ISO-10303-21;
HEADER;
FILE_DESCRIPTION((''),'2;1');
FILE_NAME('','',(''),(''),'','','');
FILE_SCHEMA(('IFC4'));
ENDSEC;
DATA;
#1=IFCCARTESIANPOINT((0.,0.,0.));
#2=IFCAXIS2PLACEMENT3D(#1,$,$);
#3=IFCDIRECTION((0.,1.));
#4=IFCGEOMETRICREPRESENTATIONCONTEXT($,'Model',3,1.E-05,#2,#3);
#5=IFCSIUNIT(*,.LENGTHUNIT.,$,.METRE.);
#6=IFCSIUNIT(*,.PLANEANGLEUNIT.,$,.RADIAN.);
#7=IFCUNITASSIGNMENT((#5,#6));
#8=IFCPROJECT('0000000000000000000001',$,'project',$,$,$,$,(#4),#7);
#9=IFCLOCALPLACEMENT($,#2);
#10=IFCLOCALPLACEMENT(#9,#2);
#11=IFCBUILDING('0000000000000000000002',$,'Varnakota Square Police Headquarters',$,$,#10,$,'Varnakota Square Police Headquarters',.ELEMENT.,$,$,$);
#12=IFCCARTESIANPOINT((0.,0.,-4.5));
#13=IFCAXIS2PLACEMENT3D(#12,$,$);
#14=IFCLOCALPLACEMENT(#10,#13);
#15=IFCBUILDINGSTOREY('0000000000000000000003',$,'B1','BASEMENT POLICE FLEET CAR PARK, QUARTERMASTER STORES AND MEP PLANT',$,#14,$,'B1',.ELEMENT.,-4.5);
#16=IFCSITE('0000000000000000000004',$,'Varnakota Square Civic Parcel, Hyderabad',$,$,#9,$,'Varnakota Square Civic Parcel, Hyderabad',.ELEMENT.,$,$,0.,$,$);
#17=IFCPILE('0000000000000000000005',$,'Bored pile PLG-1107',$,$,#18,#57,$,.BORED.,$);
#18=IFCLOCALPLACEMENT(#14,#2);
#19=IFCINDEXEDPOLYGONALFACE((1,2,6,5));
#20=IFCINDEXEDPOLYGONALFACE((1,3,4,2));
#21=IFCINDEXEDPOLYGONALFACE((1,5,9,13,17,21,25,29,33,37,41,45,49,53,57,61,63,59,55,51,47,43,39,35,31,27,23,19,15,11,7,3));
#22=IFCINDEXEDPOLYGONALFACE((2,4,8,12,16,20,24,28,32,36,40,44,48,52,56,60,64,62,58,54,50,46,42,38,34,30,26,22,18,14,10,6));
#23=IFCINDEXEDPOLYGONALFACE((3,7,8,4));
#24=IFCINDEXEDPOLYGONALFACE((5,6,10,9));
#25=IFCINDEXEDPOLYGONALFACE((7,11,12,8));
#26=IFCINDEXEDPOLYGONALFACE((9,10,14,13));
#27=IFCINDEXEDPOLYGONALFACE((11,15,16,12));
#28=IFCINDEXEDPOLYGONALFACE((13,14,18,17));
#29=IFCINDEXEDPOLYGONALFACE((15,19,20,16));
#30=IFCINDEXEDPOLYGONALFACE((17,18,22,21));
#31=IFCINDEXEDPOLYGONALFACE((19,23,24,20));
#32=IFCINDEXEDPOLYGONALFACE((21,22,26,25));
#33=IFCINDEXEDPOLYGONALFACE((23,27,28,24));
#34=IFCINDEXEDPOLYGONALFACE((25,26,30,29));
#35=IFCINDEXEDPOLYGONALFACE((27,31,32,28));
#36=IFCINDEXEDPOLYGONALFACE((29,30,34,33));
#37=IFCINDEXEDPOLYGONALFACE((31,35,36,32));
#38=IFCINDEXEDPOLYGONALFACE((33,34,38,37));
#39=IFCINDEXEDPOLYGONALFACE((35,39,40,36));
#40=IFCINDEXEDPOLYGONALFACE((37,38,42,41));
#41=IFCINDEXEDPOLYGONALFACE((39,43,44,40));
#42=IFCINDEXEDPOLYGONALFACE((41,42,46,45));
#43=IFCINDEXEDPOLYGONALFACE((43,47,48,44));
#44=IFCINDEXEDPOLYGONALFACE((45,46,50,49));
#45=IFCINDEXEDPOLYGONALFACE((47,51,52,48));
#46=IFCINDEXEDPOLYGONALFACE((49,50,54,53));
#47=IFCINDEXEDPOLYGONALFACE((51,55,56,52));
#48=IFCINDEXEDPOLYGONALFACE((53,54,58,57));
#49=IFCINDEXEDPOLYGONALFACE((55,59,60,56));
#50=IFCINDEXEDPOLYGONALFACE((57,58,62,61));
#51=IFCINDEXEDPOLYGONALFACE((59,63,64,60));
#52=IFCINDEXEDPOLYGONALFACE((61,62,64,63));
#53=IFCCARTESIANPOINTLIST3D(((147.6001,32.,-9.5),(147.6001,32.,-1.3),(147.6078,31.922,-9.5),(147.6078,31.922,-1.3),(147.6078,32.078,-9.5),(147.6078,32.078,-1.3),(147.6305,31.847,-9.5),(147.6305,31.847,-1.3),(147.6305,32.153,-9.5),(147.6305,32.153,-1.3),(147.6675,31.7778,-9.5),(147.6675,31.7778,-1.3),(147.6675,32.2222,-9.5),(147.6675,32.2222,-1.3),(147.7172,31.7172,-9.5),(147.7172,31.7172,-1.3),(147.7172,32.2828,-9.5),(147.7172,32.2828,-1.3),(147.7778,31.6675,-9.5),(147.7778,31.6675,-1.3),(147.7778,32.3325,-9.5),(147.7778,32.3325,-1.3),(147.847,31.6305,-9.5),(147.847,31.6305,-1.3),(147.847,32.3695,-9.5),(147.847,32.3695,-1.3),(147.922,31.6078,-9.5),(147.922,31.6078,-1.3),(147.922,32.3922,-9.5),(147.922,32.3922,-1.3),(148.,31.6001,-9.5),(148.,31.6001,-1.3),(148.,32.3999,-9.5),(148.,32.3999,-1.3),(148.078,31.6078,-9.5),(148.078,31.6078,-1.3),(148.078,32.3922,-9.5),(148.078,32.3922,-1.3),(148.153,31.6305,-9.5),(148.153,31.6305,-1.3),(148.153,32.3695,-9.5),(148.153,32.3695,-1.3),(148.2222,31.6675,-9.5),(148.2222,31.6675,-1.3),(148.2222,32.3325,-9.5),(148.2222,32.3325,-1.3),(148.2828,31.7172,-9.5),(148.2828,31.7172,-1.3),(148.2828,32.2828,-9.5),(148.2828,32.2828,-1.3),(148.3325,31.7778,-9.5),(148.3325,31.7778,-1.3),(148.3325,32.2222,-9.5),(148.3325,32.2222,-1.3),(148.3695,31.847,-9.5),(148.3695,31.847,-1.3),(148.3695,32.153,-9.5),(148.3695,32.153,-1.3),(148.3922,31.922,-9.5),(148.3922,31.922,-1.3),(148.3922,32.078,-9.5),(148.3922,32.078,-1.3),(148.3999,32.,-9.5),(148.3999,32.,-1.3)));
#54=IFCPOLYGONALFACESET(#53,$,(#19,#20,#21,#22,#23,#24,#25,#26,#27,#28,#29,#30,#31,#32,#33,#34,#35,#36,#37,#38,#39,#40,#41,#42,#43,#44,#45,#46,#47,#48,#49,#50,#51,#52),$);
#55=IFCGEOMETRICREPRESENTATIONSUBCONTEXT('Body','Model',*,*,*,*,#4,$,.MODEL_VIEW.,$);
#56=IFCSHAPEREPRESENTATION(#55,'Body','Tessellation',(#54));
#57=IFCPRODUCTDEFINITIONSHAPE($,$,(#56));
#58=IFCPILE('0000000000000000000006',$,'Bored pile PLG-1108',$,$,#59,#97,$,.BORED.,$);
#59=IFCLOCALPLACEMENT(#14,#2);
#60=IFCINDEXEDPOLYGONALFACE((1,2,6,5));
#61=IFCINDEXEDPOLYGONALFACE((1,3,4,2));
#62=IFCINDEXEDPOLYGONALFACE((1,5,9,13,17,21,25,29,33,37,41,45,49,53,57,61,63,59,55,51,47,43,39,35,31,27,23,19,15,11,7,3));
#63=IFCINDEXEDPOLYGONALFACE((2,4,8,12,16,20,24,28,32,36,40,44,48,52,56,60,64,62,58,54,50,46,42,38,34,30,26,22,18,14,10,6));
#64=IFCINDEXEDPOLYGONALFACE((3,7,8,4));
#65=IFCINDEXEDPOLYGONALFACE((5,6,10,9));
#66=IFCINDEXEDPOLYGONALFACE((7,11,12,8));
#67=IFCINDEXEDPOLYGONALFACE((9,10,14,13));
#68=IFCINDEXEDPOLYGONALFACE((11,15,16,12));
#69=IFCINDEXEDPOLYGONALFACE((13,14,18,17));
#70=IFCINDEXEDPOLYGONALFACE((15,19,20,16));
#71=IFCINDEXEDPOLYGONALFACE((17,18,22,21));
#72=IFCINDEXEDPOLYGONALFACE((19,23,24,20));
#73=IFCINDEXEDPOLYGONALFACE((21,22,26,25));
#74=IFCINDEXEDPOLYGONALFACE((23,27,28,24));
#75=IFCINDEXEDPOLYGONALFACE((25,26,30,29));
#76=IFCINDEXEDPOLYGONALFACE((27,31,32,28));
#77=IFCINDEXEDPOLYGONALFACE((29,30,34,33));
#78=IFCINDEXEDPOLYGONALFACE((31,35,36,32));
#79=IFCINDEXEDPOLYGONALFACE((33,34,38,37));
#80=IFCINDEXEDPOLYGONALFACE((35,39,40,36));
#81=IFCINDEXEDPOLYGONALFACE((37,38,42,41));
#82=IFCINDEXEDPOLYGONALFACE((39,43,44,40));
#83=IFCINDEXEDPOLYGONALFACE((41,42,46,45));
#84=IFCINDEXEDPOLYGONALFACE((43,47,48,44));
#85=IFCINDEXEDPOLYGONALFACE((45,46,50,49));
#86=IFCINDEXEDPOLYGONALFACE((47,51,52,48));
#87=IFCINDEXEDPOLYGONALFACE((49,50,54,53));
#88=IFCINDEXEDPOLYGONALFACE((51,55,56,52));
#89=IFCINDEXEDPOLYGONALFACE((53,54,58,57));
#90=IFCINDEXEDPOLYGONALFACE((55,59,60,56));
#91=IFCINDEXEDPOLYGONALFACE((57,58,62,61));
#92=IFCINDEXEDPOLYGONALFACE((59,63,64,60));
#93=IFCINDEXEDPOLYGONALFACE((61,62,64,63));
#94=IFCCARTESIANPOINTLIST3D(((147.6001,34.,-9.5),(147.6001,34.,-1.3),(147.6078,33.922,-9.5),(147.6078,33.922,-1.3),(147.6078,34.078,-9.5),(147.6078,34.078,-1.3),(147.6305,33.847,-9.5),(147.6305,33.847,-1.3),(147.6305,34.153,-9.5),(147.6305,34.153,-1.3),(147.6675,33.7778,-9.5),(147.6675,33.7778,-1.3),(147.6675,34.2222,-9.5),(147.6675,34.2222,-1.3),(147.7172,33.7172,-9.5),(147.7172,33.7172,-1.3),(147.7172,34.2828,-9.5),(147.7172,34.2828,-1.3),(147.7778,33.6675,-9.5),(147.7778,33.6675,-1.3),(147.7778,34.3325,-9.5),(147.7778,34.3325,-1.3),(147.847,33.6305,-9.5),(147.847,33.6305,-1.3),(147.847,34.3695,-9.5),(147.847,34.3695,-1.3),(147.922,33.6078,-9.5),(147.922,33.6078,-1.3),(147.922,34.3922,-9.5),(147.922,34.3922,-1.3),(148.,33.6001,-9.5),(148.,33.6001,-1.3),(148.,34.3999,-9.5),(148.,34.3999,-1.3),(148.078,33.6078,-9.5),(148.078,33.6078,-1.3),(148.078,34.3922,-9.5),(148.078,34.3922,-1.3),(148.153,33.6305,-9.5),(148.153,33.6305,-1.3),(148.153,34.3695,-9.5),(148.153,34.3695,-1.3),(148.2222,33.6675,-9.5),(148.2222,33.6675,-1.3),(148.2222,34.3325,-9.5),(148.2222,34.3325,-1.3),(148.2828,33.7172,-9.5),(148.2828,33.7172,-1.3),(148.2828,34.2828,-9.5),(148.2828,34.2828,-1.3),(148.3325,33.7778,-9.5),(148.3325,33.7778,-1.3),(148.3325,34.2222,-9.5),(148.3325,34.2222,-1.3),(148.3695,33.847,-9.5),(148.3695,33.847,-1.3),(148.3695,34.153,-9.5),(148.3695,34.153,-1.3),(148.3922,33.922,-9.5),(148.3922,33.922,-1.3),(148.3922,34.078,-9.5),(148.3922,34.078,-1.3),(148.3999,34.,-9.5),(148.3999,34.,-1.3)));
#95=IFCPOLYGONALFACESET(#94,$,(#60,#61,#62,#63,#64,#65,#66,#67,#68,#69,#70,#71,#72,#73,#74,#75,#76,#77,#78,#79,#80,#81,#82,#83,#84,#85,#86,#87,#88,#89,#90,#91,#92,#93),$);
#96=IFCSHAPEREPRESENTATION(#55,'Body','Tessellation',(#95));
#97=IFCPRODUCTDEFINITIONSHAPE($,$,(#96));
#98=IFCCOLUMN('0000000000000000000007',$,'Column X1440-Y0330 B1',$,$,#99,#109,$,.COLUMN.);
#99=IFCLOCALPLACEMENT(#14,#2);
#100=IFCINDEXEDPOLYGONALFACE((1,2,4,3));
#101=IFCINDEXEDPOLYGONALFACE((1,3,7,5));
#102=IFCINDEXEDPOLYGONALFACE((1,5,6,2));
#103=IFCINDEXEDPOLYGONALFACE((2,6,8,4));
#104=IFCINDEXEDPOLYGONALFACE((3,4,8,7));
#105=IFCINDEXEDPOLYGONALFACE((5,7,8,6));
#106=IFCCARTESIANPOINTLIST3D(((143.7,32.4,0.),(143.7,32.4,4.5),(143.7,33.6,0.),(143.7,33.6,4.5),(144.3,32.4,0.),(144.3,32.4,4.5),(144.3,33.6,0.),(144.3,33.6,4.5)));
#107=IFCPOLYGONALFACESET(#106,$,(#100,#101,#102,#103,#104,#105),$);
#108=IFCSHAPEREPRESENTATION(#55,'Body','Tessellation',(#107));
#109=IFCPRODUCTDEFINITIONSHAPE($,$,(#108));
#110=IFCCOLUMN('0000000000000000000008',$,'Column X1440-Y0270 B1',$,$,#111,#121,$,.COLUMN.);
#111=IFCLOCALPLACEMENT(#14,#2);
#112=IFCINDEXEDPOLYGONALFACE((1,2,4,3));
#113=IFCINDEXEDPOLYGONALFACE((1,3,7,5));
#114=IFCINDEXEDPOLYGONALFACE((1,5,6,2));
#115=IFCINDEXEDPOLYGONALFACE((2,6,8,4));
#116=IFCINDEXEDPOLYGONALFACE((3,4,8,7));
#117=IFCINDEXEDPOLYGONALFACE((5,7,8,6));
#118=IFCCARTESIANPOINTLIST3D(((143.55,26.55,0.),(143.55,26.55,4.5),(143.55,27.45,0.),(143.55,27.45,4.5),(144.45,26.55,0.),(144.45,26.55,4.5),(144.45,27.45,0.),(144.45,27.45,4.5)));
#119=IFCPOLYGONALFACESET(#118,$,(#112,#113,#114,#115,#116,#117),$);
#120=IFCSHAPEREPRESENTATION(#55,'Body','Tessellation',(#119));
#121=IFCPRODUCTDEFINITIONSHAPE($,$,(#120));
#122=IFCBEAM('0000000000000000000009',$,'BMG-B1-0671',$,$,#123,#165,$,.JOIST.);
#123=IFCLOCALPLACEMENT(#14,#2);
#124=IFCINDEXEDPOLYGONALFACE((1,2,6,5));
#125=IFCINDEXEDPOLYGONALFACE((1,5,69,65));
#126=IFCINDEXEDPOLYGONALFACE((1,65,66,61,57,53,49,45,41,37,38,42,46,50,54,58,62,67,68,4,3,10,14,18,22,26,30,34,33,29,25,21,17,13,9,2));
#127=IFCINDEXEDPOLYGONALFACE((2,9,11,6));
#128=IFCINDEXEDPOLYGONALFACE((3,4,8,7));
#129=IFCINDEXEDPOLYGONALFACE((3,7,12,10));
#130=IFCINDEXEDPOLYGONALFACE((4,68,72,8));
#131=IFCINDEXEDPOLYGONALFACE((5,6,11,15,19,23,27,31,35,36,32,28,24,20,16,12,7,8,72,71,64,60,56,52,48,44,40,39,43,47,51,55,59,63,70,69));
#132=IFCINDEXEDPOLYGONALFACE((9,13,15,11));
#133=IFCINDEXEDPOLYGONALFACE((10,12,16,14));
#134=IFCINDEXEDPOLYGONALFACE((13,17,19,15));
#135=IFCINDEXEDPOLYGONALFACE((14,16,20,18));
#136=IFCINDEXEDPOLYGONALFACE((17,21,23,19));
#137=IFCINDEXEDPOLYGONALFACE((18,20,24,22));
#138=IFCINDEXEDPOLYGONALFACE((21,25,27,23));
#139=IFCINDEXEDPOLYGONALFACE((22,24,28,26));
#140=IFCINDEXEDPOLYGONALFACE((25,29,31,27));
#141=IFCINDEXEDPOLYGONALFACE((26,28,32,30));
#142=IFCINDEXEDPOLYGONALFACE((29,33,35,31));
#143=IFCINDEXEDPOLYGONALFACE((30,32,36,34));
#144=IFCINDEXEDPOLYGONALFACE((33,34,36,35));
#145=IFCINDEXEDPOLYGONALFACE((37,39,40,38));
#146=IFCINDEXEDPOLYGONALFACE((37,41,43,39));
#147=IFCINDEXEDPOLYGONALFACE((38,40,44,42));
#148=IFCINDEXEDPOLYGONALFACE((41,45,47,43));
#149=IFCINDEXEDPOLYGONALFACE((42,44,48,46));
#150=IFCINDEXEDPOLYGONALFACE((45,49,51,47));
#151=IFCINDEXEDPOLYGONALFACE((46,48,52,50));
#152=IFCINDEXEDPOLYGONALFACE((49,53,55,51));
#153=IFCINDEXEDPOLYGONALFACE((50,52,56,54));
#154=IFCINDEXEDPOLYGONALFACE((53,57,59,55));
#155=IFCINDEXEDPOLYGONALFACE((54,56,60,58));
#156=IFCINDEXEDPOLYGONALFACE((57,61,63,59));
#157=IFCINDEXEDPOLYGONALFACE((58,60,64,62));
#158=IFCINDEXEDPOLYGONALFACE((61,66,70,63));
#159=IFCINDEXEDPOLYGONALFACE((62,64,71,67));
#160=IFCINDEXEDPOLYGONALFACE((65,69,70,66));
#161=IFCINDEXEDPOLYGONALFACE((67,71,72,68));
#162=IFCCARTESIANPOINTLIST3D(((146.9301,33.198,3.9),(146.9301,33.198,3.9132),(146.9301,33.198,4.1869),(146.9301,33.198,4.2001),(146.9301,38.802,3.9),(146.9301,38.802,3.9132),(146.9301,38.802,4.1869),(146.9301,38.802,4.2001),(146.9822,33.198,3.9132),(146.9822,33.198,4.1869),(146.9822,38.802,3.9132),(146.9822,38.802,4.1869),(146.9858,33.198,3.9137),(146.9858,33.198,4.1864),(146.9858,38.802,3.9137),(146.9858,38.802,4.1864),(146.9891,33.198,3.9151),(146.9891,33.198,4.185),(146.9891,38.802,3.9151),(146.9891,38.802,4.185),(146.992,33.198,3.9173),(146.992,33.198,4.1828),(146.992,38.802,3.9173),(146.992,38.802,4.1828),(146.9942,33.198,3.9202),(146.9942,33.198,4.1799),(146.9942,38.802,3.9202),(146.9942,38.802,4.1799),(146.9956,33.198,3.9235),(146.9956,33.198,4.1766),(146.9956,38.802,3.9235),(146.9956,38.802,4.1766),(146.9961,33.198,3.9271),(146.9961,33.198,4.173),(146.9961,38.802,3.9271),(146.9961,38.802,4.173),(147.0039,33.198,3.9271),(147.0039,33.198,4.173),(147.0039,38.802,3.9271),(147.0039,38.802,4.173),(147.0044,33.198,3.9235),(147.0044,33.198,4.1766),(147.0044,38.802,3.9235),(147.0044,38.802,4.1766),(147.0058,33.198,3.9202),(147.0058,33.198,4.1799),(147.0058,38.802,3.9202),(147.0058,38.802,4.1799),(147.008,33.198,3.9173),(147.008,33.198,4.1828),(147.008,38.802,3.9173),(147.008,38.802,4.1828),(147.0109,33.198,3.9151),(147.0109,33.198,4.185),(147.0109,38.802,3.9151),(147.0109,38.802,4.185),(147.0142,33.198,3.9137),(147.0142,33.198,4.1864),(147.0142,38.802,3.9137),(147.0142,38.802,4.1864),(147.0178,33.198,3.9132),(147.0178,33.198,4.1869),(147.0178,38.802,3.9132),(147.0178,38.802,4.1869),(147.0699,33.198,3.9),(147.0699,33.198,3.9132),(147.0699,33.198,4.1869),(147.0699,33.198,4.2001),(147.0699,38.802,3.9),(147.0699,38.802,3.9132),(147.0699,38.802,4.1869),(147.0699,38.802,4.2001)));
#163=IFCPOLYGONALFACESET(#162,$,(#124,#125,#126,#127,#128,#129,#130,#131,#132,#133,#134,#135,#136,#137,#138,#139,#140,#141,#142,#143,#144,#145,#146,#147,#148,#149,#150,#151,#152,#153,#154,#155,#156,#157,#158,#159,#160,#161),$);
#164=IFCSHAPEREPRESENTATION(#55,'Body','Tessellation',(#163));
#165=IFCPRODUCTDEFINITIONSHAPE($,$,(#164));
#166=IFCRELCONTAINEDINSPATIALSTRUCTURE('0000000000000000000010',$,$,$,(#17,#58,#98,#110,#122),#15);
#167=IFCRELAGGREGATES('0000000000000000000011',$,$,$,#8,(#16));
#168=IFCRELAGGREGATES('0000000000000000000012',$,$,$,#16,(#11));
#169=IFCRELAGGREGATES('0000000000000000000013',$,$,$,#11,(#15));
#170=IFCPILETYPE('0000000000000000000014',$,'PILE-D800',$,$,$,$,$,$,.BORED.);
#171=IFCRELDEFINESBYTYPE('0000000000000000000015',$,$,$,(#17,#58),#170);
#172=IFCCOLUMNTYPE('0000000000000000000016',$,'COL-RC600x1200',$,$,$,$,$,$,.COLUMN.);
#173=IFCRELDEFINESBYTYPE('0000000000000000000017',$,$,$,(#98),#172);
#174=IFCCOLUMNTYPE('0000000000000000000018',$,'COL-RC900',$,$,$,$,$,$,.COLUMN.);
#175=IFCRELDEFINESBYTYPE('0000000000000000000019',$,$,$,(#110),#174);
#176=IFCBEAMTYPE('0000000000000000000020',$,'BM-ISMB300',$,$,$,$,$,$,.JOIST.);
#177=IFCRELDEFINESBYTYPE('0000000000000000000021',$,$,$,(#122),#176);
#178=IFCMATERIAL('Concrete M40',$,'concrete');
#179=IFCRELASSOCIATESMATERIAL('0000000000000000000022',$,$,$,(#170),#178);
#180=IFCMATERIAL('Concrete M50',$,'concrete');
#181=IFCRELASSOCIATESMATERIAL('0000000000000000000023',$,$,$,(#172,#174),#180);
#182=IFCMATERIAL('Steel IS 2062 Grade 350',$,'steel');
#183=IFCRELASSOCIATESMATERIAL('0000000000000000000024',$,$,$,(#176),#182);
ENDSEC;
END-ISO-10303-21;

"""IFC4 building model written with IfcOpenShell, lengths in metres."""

from ifc_helpers import new_model, si_unit, direction, frame, origin, origin_2d, place, context, subcontext, project, spatial, rectangle, circle, i_section, extrude, material, material_profile, profile_set, type_object, element, save


model = new_model("IFC4")

# Units and contexts
model_context = context("Model", 3, precision=1e-05, world=origin(), true_north=direction((0.0, 1.0)))
body_context = subcontext(model_context, "Body", "Model", "MODEL_VIEW")
ifc_project = project(units=[si_unit("LENGTHUNIT", "METRE"), si_unit("PLANEANGLEUNIT", "RADIAN")], contexts=[model_context])

# Site, building, storey
site_placement = place(None, origin())
site = spatial("IfcSite", under=ifc_project, at=site_placement, Name="Varnakota Square Civic Parcel, Hyderabad", LongName="Varnakota Square Civic Parcel, Hyderabad", CompositionType="ELEMENT", RefElevation=0.0)
building_placement = place(site_placement, origin())
building = spatial("IfcBuilding", under=site, at=building_placement, Name="Varnakota Square Police Headquarters", LongName="Varnakota Square Police Headquarters", CompositionType="ELEMENT")
storey_placement = place(building_placement, frame((0.0, 0.0, -4.5)))
storey = spatial("IfcBuildingStorey", under=building, at=storey_placement, Name="B1", Description="BASEMENT POLICE FLEET CAR PARK, QUARTERMASTER STORES AND MEP PLANT", LongName="B1", CompositionType="ELEMENT", Elevation=-4.5)

# Shared definitions
ifc_material_1 = material(Name="Concrete M40", Category="concrete")
ifc_material_2 = material(Name="Concrete M50", Category="concrete")

# Piles
ifc_material_profile_1 = material_profile(ifc_material_1, circle(Radius=0.3999, at=origin_2d()), Name="BORED PILE 800")
ifc_profile_set_1 = profile_set([ifc_material_profile_1], Name="Concrete M40")
pile_type = type_object("IfcPileType", Name="PILE-D800", PredefinedType="BORED", material=ifc_profile_set_1)
for number, where, z_axis, x_axis, name in (
    (1, (148.0, 32.0, -1.3), (0.0, 0.0, -1.0), (1.0, 0.0, 0.0), "Bored pile PLG-1107"),
    (2, (148.0, 34.0, -1.3), (0.0, 0.0, -1.0), (1.0, 0.0, 0.0), "Bored pile PLG-1108"),
):
    element("IfcPile", number, at=place(storey_placement, frame(where, z_axis=z_axis, x_axis=x_axis)), inside=storey, type_object=pile_type, Name=name, PredefinedType="BORED", context=body_context, shape_type="SweptSolid", body=[
        extrude(circle(Radius=0.3999, at=origin_2d()), origin(), (0.0, 0.0, 1.0), 8.2),
    ])

# Columns
ifc_material_profile_2 = material_profile(ifc_material_2, rectangle(XDim=0.6001, YDim=1.2, at=origin_2d()), Name="RC 600x1200")
ifc_profile_set_2 = profile_set([ifc_material_profile_2], Name="Concrete M50")
column_type_1 = type_object("IfcColumnType", Name="COL-RC600x1200", PredefinedType="COLUMN", material=ifc_profile_set_2)
column_1_placement = place(storey_placement, frame((144.0, 33.0, 0.0), z_axis=(0.0, 0.0, 1.0), x_axis=(1.0, 0.0, 0.0)))
element("IfcColumn", 3, at=column_1_placement, inside=storey, type_object=column_type_1, Name="Column X1440-Y0330 B1", PredefinedType="COLUMN", context=body_context, shape_type="SweptSolid", body=[
    extrude(rectangle(XDim=0.6001, YDim=1.2, at=origin_2d()), origin(), (0.0, 0.0, 1.0), 4.5),
])
ifc_material_profile_3 = material_profile(ifc_material_2, rectangle(XDim=0.8999, YDim=0.8999, at=origin_2d()), Name="RC 900x900")
ifc_profile_set_3 = profile_set([ifc_material_profile_3], Name="Concrete M50")
column_type_2 = type_object("IfcColumnType", Name="COL-RC900", PredefinedType="COLUMN", material=ifc_profile_set_3)
column_2_placement = place(storey_placement, frame((144.0, 27.0, 0.0), z_axis=(0.0, 0.0, 1.0), x_axis=(1.0, 0.0, 0.0)))
element("IfcColumn", 4, at=column_2_placement, inside=storey, type_object=column_type_2, Name="Column X1440-Y0270 B1", PredefinedType="COLUMN", context=body_context, shape_type="SweptSolid", body=[
    extrude(rectangle(XDim=0.8999, YDim=0.8999, at=origin_2d()), origin(), (0.0, 0.0, 1.0), 4.5),
])

# Beam
ifc_material_3 = material(Name="Steel IS 2062 Grade 350", Category="steel")
ifc_material_profile_4 = material_profile(ifc_material_3, i_section(OverallWidth=0.1399, OverallDepth=0.3, WebThickness=0.0078, FlangeThickness=0.0132, FilletRadius=0.0139, at=origin_2d()), Name="ISMB 300")
ifc_profile_set_4 = profile_set([ifc_material_profile_4], Name="Steel IS 2062 Grade 350")
beam_type_1 = type_object("IfcBeamType", Name="BM-ISMB300", PredefinedType="JOIST", material=ifc_profile_set_4)
beam_1_placement = place(storey_placement, frame((147.0, 33.198, 4.05), z_axis=(0.0, 1.0, 0.0), x_axis=(-1.0, 0.0, 0.0)))
element("IfcBeam", 5, at=beam_1_placement, inside=storey, type_object=beam_type_1, Name="BMG-B1-0671", PredefinedType="JOIST", context=body_context, shape_type="SweptSolid", body=[
    extrude(i_section(OverallWidth=0.1399, OverallDepth=0.3, WebThickness=0.0078, FlangeThickness=0.0132, FilletRadius=0.0139, at=origin_2d()), origin(), (0.0, 0.0, 1.0), 5.604),
])

save(model, "model.ifc")
